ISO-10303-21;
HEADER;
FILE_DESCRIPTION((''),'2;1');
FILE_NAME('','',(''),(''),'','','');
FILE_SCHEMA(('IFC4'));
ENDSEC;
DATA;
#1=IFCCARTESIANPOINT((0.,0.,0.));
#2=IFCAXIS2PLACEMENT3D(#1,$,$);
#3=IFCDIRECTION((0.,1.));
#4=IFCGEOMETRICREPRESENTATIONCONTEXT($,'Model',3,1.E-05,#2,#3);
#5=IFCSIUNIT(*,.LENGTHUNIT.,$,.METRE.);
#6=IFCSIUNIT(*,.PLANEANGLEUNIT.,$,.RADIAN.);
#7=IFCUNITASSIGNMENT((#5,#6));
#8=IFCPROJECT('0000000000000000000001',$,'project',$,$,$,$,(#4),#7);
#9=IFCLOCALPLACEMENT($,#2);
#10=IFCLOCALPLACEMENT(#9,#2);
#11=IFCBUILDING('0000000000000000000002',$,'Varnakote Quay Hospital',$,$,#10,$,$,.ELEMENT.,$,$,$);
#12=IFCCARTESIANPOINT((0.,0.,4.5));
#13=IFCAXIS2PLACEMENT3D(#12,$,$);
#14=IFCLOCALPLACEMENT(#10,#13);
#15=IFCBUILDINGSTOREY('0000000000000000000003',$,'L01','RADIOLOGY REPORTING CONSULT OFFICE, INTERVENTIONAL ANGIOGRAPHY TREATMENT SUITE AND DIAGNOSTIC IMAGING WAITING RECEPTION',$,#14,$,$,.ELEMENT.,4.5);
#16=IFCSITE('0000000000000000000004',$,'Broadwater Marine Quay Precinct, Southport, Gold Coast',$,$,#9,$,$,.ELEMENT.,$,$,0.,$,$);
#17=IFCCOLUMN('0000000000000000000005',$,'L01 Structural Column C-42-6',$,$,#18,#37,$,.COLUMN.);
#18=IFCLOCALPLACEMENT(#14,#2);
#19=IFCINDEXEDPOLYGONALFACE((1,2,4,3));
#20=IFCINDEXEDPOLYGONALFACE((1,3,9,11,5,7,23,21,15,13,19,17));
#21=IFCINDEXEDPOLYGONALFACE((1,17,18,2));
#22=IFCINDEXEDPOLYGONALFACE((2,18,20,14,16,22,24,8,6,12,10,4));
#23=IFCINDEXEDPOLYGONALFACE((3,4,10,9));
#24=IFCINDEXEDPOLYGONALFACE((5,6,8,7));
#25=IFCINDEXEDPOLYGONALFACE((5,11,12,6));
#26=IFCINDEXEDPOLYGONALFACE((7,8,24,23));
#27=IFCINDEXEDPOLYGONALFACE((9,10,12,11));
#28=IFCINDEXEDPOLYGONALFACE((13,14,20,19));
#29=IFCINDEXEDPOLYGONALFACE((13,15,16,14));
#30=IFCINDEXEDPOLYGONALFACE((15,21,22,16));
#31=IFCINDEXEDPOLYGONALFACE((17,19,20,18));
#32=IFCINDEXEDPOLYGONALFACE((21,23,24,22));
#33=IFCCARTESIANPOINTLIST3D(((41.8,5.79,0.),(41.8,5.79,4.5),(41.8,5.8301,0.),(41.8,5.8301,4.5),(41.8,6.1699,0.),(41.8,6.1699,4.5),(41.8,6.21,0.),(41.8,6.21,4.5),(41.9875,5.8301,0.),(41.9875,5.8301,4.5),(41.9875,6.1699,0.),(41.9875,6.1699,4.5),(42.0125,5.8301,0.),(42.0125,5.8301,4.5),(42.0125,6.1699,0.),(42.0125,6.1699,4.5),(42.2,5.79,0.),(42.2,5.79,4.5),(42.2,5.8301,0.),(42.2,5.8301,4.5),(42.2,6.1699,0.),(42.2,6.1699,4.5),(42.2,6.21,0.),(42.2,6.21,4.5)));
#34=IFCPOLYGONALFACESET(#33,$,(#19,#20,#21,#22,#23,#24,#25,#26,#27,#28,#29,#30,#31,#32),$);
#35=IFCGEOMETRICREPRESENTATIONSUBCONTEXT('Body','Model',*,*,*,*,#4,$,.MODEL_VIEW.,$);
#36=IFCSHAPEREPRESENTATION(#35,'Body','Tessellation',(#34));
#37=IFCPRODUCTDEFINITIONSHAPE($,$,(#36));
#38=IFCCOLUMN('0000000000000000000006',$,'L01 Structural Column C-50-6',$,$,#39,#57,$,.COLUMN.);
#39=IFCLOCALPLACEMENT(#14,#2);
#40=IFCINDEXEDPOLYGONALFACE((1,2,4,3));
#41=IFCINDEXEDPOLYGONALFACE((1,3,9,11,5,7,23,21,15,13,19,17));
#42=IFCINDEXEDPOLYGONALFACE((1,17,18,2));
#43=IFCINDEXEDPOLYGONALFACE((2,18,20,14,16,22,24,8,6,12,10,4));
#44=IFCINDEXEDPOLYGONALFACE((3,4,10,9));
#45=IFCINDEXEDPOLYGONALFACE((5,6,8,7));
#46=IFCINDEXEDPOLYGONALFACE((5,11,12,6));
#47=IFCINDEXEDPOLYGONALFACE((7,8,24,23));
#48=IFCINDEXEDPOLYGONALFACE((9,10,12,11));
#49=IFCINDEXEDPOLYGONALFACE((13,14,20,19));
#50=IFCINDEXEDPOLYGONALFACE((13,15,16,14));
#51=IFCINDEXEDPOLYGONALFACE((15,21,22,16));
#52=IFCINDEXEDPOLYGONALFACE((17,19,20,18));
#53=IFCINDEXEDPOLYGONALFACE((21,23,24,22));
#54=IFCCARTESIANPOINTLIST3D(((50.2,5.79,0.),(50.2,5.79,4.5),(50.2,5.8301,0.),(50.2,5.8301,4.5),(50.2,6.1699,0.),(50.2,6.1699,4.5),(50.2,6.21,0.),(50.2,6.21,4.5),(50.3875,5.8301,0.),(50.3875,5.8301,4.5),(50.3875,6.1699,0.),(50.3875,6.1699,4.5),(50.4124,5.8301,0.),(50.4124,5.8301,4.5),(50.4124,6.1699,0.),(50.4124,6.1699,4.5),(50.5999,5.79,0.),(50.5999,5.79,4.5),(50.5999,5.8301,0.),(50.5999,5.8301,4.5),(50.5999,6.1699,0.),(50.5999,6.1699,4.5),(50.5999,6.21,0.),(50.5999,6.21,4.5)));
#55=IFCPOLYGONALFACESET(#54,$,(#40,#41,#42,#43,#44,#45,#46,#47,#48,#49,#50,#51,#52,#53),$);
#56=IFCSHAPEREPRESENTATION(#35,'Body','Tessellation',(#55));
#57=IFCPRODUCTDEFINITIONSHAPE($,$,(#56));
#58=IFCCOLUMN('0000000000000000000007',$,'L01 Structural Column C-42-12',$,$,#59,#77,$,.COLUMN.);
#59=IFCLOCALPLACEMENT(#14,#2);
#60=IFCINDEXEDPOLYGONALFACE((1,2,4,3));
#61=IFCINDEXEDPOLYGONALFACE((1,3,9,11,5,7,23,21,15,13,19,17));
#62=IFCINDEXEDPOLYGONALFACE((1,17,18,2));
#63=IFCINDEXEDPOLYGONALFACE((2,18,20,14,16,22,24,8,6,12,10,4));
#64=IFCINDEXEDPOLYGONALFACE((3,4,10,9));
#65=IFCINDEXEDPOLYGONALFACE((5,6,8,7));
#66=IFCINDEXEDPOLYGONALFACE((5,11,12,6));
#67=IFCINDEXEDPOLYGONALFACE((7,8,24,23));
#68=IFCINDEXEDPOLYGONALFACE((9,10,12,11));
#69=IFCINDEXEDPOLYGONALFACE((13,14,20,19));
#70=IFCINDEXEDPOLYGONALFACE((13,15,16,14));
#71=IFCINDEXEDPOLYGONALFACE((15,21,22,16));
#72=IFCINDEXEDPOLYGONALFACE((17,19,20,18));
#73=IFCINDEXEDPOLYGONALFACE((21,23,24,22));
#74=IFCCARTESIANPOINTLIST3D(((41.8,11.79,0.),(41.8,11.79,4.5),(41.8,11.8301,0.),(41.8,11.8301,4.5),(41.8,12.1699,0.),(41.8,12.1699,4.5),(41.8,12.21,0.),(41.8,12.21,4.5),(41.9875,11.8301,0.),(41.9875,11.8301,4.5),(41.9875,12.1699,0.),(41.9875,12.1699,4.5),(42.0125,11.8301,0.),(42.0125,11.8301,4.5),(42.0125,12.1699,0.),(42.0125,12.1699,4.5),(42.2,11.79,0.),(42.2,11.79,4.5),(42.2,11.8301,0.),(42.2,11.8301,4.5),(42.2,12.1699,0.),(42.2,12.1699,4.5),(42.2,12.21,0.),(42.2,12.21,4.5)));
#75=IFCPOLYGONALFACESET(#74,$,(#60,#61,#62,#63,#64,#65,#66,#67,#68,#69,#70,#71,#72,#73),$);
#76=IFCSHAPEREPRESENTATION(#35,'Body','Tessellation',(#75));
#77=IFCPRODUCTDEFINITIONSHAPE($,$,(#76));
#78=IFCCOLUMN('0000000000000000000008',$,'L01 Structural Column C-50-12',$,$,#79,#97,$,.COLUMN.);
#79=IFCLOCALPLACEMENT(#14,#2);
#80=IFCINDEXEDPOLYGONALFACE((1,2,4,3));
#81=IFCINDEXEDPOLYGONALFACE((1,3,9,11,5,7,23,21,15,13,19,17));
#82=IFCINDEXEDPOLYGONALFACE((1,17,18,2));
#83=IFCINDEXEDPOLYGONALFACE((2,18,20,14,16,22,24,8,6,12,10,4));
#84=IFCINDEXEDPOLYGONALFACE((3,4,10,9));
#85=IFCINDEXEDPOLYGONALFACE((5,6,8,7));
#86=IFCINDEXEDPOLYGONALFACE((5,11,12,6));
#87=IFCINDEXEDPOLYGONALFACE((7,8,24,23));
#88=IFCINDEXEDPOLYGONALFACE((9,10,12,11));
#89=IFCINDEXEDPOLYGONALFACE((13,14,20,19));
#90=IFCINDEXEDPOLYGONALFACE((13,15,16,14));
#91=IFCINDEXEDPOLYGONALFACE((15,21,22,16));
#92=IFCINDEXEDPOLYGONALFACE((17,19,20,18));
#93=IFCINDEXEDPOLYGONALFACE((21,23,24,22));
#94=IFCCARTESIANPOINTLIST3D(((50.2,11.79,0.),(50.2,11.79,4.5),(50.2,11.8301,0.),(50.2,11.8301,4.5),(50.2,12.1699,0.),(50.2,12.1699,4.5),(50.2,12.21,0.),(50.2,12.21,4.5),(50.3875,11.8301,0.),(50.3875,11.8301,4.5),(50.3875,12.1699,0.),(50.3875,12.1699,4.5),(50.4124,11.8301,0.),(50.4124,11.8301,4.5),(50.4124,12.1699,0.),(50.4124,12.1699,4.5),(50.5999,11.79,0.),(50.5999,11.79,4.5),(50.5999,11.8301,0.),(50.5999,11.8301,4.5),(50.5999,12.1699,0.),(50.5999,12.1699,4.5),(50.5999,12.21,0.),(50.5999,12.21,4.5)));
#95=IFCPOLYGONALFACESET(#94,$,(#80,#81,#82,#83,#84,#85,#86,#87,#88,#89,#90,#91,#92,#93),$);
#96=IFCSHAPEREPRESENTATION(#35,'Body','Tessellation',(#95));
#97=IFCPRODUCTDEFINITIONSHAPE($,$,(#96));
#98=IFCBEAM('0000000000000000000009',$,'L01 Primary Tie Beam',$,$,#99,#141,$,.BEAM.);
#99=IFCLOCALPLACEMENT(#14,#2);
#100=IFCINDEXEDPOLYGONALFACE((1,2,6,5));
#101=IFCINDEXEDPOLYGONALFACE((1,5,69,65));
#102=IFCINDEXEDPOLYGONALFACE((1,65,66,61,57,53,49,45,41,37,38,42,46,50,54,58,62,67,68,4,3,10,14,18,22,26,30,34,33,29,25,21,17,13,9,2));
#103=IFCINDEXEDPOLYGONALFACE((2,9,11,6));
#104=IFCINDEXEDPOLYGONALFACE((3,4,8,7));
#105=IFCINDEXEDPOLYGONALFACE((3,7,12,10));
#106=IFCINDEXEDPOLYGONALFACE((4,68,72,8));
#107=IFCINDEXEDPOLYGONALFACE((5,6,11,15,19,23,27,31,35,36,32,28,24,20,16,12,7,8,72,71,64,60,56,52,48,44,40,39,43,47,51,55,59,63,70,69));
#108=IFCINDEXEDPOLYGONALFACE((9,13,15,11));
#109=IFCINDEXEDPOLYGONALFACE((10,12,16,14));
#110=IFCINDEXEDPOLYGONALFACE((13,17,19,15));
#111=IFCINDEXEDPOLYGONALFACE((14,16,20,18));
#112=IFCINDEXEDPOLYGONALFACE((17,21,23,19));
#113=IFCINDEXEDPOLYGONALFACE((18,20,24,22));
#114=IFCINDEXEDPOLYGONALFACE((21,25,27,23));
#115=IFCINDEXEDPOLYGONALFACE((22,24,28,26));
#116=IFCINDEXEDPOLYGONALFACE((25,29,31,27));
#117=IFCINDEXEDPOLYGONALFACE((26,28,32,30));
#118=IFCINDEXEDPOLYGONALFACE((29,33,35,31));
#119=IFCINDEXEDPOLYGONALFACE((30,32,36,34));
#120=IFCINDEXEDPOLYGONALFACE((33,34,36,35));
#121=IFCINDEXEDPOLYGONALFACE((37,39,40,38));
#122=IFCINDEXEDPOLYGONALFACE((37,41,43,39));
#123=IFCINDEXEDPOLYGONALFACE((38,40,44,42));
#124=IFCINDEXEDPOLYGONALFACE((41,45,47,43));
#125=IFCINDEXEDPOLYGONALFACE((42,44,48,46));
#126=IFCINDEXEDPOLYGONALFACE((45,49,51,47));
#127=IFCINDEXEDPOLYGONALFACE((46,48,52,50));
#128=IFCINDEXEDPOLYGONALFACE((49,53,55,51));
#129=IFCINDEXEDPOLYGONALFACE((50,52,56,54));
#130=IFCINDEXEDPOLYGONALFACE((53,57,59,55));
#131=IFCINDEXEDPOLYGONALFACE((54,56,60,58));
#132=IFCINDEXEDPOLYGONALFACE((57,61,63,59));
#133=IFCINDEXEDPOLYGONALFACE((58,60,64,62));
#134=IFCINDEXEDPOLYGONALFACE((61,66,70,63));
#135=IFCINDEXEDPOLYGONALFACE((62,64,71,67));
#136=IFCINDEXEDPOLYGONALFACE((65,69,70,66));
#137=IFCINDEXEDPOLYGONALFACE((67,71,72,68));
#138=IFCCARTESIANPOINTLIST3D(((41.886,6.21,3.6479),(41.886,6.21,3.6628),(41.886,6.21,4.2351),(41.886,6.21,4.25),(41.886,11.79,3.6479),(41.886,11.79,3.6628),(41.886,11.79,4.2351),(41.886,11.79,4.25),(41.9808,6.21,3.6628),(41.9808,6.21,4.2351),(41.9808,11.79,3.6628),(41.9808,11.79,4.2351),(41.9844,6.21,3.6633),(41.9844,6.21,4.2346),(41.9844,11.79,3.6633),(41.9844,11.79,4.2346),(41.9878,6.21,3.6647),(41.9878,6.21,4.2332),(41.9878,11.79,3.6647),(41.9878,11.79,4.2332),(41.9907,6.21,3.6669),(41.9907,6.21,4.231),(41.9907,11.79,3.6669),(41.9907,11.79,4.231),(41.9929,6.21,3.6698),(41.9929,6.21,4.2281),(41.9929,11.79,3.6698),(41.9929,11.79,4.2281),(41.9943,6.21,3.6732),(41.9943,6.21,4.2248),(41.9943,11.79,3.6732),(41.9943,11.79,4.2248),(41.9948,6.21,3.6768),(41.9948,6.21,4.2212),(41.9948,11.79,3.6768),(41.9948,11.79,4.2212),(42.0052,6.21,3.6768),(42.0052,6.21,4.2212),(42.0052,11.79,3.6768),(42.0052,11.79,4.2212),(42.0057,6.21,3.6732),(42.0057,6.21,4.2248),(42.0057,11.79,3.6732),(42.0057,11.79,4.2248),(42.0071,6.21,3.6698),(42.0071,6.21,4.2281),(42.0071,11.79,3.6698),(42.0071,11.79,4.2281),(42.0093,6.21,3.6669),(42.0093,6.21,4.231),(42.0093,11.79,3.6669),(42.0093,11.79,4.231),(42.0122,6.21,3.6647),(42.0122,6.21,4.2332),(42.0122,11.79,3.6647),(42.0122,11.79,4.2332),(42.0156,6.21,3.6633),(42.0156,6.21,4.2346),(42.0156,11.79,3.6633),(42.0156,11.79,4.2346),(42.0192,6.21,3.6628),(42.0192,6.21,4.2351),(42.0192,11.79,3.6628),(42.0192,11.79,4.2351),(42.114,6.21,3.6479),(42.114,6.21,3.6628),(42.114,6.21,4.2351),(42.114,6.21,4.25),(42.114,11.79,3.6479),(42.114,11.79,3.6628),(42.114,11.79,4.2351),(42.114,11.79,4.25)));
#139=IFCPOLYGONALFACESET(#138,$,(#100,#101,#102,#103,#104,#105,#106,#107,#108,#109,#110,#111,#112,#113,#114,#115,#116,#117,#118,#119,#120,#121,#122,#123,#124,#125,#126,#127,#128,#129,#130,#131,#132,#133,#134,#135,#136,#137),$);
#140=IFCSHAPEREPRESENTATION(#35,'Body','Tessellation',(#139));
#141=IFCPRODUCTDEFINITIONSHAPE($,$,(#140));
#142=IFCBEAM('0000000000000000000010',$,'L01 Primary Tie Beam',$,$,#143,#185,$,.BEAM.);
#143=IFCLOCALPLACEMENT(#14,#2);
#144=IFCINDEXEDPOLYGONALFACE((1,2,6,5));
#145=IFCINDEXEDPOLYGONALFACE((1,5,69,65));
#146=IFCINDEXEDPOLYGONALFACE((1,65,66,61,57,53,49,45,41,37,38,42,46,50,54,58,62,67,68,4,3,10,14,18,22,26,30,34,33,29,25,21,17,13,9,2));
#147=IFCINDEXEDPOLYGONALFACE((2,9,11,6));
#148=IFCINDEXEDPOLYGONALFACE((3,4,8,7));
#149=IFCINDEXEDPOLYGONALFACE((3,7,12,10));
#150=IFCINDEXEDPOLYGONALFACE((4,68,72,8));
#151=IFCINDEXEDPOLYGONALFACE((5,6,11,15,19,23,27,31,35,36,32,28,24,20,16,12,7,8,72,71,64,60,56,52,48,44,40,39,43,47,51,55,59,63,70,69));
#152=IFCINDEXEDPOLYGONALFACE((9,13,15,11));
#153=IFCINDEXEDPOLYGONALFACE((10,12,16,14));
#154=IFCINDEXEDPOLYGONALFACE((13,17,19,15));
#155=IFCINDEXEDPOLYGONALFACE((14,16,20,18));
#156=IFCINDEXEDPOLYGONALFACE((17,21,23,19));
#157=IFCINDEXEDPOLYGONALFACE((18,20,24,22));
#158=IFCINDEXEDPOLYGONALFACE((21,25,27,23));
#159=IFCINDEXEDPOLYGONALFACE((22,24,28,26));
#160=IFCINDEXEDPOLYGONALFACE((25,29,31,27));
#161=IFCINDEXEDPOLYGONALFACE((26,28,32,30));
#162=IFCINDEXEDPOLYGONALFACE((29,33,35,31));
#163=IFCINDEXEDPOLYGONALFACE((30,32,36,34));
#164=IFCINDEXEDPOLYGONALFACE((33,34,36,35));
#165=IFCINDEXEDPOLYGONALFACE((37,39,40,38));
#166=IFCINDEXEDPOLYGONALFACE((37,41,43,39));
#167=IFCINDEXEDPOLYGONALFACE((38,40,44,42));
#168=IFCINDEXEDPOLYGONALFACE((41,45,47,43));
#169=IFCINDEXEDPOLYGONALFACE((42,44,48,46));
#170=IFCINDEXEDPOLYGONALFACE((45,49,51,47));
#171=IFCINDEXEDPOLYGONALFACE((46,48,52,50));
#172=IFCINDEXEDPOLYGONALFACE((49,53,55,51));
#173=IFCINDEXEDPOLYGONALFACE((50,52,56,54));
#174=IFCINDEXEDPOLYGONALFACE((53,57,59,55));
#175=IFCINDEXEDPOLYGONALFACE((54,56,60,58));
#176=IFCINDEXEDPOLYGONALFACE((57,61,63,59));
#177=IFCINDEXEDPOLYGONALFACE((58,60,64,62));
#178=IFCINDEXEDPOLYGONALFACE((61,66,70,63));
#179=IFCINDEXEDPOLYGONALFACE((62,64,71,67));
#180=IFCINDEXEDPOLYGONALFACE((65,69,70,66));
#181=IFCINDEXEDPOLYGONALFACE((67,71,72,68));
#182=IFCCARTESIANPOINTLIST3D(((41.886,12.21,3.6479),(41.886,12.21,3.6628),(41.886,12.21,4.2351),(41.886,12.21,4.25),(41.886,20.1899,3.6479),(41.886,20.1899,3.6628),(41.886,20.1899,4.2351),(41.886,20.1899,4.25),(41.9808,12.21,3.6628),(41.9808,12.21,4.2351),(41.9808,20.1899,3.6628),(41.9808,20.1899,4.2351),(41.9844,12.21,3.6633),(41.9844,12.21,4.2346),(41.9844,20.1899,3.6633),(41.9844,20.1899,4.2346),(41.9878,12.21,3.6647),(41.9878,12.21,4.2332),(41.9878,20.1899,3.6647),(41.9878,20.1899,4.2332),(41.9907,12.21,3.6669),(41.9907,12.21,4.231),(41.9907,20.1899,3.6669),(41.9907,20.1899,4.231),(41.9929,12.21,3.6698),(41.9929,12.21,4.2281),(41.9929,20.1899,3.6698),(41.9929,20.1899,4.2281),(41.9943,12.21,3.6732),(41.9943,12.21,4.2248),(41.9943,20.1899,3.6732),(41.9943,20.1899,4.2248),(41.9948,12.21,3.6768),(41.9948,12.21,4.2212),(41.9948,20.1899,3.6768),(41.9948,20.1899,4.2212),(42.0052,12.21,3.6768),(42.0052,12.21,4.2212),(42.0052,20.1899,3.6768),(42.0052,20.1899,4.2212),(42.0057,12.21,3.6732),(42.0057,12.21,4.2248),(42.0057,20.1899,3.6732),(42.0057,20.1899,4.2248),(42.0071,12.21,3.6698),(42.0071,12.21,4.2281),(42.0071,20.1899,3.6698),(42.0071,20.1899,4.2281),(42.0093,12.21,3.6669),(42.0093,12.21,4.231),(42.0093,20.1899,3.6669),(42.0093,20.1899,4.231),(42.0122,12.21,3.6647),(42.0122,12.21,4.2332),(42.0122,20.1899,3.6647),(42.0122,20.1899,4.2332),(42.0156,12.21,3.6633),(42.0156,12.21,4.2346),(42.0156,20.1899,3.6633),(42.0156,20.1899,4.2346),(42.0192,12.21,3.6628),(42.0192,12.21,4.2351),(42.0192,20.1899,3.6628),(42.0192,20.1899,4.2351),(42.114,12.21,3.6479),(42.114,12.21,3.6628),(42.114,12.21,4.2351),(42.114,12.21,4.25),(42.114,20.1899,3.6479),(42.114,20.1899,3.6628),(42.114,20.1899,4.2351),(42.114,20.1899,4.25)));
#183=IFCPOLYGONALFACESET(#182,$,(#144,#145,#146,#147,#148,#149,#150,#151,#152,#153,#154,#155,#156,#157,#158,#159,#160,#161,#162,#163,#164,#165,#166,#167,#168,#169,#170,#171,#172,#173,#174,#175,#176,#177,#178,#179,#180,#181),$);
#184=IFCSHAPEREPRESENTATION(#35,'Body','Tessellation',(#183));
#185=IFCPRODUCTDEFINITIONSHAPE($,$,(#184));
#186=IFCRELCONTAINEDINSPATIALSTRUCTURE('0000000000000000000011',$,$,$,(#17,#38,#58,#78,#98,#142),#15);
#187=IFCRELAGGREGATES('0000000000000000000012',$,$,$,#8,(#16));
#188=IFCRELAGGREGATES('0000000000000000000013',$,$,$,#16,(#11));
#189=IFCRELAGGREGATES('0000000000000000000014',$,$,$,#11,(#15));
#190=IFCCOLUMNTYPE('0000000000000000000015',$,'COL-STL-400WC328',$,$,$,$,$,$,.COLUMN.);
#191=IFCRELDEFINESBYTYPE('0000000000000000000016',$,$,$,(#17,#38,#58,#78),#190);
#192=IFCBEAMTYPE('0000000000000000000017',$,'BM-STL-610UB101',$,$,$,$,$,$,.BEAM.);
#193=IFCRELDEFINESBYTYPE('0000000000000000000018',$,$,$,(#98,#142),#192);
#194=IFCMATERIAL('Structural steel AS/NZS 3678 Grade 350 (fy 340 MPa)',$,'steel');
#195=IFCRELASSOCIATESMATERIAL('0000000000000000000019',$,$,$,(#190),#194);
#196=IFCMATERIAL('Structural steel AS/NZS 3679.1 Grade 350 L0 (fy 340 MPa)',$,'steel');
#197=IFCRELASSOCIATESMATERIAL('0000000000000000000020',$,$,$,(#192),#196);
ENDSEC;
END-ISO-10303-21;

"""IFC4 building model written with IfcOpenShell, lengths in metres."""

from ifc_helpers import new_model, si_unit, direction, frame, origin, origin_2d, place, context, subcontext, project, spatial, i_section, extrude, material, material_profile, profile_set, type_object, element, save


model = new_model("IFC4")

# Units and contexts
model_context = context("Model", 3, precision=1e-05, world=origin(), true_north=direction((0.0, 1.0)))
body_context = subcontext(model_context, "Body", "Model", "MODEL_VIEW")
ifc_project = project(units=[si_unit("LENGTHUNIT", "METRE"), si_unit("PLANEANGLEUNIT", "RADIAN")], contexts=[model_context])

# Site, building, storey
site_placement = place(None, origin())
site = spatial("IfcSite", under=ifc_project, at=site_placement, Name="Broadwater Marine Quay Precinct, Southport, Gold Coast", CompositionType="ELEMENT", RefElevation=0.0)
building_placement = place(site_placement, origin())
building = spatial("IfcBuilding", under=site, at=building_placement, Name="Varnakote Quay Hospital", CompositionType="ELEMENT")
storey_placement = place(building_placement, frame((0.0, 0.0, 4.5)))
storey = spatial("IfcBuildingStorey", under=building, at=storey_placement, Name="L01", Description="RADIOLOGY REPORTING CONSULT OFFICE, INTERVENTIONAL ANGIOGRAPHY TREATMENT SUITE AND DIAGNOSTIC IMAGING WAITING RECEPTION", CompositionType="ELEMENT", Elevation=4.5)

# Columns
ifc_material_1 = material(Name="Structural steel AS/NZS 3678 Grade 350 (fy 340 MPa)", Category="steel")
ifc_material_profile_1 = material_profile(ifc_material_1, i_section(OverallWidth=0.3999, OverallDepth=0.4199, WebThickness=0.0249, FlangeThickness=0.04, at=origin_2d()), Name="400WC328")
ifc_profile_set_1 = profile_set([ifc_material_profile_1], Name="Structural steel AS/NZS 3678 Grade 350 (fy 340 MPa)")
column_type = type_object("IfcColumnType", Name="COL-STL-400WC328", PredefinedType="COLUMN", material=ifc_profile_set_1)
for number, where, z_axis, x_axis, name in (
    (1, (42.0, 6.0, 0.0), (0.0, 0.0, 1.0), (1.0, 0.0, 0.0), "L01 Structural Column C-42-6"),
    (2, (50.3999, 6.0, 0.0), (0.0, 0.0, 1.0), (1.0, 0.0, 0.0), "L01 Structural Column C-50-6"),
    (3, (42.0, 12.0, 0.0), (0.0, 0.0, 1.0), (1.0, 0.0, 0.0), "L01 Structural Column C-42-12"),
    (4, (50.3999, 12.0, 0.0), (0.0, 0.0, 1.0), (1.0, 0.0, 0.0), "L01 Structural Column C-50-12"),
):
    element("IfcColumn", number, at=place(storey_placement, frame(where, z_axis=z_axis, x_axis=x_axis)), inside=storey, type_object=column_type, Name=name, PredefinedType="COLUMN", context=body_context, shape_type="SweptSolid", body=[
        extrude(i_section(OverallWidth=0.3999, OverallDepth=0.4199, WebThickness=0.0249, FlangeThickness=0.04, at=origin_2d()), origin(), (0.0, 0.0, 1.0), 4.5),
    ])

# Beams
ifc_material_2 = material(Name="Structural steel AS/NZS 3679.1 Grade 350 L0 (fy 340 MPa)", Category="steel")
ifc_material_profile_2 = material_profile(ifc_material_2, i_section(OverallWidth=0.228, OverallDepth=0.6021, WebThickness=0.0105, FlangeThickness=0.0149, FilletRadius=0.0139, at=origin_2d()), Name="610UB101")
ifc_profile_set_2 = profile_set([ifc_material_profile_2], Name="Structural steel AS/NZS 3679.1 Grade 350 L0 (fy 340 MPa)")
beam_type_1 = type_object("IfcBeamType", Name="BM-STL-610UB101", PredefinedType="BEAM", material=ifc_profile_set_2)
beam_1_placement = place(storey_placement, frame((42.0, 6.21, 3.949), z_axis=(0.0, 1.0, 0.0), x_axis=(-1.0, 0.0, 0.0)))
element("IfcBeam", 5, at=beam_1_placement, inside=storey, type_object=beam_type_1, Name="L01 Primary Tie Beam", PredefinedType="BEAM", context=body_context, shape_type="SweptSolid", body=[
    extrude(i_section(OverallWidth=0.228, OverallDepth=0.6021, WebThickness=0.0105, FlangeThickness=0.0149, FilletRadius=0.0139, at=origin_2d()), origin(), (0.0, 0.0, 1.0), 5.5801),
])
beam_2_placement = place(storey_placement, frame((42.0, 12.21, 3.949), z_axis=(0.0, 1.0, 0.0), x_axis=(-1.0, 0.0, 0.0)))
element("IfcBeam", 6, at=beam_2_placement, inside=storey, type_object=beam_type_1, Name="L01 Primary Tie Beam", PredefinedType="BEAM", context=body_context, shape_type="SweptSolid", body=[
    extrude(i_section(OverallWidth=0.228, OverallDepth=0.6021, WebThickness=0.0105, FlangeThickness=0.0149, FilletRadius=0.0139, at=origin_2d()), origin(), (0.0, 0.0, 1.0), 7.98),
])

save(model, "model.ifc")
